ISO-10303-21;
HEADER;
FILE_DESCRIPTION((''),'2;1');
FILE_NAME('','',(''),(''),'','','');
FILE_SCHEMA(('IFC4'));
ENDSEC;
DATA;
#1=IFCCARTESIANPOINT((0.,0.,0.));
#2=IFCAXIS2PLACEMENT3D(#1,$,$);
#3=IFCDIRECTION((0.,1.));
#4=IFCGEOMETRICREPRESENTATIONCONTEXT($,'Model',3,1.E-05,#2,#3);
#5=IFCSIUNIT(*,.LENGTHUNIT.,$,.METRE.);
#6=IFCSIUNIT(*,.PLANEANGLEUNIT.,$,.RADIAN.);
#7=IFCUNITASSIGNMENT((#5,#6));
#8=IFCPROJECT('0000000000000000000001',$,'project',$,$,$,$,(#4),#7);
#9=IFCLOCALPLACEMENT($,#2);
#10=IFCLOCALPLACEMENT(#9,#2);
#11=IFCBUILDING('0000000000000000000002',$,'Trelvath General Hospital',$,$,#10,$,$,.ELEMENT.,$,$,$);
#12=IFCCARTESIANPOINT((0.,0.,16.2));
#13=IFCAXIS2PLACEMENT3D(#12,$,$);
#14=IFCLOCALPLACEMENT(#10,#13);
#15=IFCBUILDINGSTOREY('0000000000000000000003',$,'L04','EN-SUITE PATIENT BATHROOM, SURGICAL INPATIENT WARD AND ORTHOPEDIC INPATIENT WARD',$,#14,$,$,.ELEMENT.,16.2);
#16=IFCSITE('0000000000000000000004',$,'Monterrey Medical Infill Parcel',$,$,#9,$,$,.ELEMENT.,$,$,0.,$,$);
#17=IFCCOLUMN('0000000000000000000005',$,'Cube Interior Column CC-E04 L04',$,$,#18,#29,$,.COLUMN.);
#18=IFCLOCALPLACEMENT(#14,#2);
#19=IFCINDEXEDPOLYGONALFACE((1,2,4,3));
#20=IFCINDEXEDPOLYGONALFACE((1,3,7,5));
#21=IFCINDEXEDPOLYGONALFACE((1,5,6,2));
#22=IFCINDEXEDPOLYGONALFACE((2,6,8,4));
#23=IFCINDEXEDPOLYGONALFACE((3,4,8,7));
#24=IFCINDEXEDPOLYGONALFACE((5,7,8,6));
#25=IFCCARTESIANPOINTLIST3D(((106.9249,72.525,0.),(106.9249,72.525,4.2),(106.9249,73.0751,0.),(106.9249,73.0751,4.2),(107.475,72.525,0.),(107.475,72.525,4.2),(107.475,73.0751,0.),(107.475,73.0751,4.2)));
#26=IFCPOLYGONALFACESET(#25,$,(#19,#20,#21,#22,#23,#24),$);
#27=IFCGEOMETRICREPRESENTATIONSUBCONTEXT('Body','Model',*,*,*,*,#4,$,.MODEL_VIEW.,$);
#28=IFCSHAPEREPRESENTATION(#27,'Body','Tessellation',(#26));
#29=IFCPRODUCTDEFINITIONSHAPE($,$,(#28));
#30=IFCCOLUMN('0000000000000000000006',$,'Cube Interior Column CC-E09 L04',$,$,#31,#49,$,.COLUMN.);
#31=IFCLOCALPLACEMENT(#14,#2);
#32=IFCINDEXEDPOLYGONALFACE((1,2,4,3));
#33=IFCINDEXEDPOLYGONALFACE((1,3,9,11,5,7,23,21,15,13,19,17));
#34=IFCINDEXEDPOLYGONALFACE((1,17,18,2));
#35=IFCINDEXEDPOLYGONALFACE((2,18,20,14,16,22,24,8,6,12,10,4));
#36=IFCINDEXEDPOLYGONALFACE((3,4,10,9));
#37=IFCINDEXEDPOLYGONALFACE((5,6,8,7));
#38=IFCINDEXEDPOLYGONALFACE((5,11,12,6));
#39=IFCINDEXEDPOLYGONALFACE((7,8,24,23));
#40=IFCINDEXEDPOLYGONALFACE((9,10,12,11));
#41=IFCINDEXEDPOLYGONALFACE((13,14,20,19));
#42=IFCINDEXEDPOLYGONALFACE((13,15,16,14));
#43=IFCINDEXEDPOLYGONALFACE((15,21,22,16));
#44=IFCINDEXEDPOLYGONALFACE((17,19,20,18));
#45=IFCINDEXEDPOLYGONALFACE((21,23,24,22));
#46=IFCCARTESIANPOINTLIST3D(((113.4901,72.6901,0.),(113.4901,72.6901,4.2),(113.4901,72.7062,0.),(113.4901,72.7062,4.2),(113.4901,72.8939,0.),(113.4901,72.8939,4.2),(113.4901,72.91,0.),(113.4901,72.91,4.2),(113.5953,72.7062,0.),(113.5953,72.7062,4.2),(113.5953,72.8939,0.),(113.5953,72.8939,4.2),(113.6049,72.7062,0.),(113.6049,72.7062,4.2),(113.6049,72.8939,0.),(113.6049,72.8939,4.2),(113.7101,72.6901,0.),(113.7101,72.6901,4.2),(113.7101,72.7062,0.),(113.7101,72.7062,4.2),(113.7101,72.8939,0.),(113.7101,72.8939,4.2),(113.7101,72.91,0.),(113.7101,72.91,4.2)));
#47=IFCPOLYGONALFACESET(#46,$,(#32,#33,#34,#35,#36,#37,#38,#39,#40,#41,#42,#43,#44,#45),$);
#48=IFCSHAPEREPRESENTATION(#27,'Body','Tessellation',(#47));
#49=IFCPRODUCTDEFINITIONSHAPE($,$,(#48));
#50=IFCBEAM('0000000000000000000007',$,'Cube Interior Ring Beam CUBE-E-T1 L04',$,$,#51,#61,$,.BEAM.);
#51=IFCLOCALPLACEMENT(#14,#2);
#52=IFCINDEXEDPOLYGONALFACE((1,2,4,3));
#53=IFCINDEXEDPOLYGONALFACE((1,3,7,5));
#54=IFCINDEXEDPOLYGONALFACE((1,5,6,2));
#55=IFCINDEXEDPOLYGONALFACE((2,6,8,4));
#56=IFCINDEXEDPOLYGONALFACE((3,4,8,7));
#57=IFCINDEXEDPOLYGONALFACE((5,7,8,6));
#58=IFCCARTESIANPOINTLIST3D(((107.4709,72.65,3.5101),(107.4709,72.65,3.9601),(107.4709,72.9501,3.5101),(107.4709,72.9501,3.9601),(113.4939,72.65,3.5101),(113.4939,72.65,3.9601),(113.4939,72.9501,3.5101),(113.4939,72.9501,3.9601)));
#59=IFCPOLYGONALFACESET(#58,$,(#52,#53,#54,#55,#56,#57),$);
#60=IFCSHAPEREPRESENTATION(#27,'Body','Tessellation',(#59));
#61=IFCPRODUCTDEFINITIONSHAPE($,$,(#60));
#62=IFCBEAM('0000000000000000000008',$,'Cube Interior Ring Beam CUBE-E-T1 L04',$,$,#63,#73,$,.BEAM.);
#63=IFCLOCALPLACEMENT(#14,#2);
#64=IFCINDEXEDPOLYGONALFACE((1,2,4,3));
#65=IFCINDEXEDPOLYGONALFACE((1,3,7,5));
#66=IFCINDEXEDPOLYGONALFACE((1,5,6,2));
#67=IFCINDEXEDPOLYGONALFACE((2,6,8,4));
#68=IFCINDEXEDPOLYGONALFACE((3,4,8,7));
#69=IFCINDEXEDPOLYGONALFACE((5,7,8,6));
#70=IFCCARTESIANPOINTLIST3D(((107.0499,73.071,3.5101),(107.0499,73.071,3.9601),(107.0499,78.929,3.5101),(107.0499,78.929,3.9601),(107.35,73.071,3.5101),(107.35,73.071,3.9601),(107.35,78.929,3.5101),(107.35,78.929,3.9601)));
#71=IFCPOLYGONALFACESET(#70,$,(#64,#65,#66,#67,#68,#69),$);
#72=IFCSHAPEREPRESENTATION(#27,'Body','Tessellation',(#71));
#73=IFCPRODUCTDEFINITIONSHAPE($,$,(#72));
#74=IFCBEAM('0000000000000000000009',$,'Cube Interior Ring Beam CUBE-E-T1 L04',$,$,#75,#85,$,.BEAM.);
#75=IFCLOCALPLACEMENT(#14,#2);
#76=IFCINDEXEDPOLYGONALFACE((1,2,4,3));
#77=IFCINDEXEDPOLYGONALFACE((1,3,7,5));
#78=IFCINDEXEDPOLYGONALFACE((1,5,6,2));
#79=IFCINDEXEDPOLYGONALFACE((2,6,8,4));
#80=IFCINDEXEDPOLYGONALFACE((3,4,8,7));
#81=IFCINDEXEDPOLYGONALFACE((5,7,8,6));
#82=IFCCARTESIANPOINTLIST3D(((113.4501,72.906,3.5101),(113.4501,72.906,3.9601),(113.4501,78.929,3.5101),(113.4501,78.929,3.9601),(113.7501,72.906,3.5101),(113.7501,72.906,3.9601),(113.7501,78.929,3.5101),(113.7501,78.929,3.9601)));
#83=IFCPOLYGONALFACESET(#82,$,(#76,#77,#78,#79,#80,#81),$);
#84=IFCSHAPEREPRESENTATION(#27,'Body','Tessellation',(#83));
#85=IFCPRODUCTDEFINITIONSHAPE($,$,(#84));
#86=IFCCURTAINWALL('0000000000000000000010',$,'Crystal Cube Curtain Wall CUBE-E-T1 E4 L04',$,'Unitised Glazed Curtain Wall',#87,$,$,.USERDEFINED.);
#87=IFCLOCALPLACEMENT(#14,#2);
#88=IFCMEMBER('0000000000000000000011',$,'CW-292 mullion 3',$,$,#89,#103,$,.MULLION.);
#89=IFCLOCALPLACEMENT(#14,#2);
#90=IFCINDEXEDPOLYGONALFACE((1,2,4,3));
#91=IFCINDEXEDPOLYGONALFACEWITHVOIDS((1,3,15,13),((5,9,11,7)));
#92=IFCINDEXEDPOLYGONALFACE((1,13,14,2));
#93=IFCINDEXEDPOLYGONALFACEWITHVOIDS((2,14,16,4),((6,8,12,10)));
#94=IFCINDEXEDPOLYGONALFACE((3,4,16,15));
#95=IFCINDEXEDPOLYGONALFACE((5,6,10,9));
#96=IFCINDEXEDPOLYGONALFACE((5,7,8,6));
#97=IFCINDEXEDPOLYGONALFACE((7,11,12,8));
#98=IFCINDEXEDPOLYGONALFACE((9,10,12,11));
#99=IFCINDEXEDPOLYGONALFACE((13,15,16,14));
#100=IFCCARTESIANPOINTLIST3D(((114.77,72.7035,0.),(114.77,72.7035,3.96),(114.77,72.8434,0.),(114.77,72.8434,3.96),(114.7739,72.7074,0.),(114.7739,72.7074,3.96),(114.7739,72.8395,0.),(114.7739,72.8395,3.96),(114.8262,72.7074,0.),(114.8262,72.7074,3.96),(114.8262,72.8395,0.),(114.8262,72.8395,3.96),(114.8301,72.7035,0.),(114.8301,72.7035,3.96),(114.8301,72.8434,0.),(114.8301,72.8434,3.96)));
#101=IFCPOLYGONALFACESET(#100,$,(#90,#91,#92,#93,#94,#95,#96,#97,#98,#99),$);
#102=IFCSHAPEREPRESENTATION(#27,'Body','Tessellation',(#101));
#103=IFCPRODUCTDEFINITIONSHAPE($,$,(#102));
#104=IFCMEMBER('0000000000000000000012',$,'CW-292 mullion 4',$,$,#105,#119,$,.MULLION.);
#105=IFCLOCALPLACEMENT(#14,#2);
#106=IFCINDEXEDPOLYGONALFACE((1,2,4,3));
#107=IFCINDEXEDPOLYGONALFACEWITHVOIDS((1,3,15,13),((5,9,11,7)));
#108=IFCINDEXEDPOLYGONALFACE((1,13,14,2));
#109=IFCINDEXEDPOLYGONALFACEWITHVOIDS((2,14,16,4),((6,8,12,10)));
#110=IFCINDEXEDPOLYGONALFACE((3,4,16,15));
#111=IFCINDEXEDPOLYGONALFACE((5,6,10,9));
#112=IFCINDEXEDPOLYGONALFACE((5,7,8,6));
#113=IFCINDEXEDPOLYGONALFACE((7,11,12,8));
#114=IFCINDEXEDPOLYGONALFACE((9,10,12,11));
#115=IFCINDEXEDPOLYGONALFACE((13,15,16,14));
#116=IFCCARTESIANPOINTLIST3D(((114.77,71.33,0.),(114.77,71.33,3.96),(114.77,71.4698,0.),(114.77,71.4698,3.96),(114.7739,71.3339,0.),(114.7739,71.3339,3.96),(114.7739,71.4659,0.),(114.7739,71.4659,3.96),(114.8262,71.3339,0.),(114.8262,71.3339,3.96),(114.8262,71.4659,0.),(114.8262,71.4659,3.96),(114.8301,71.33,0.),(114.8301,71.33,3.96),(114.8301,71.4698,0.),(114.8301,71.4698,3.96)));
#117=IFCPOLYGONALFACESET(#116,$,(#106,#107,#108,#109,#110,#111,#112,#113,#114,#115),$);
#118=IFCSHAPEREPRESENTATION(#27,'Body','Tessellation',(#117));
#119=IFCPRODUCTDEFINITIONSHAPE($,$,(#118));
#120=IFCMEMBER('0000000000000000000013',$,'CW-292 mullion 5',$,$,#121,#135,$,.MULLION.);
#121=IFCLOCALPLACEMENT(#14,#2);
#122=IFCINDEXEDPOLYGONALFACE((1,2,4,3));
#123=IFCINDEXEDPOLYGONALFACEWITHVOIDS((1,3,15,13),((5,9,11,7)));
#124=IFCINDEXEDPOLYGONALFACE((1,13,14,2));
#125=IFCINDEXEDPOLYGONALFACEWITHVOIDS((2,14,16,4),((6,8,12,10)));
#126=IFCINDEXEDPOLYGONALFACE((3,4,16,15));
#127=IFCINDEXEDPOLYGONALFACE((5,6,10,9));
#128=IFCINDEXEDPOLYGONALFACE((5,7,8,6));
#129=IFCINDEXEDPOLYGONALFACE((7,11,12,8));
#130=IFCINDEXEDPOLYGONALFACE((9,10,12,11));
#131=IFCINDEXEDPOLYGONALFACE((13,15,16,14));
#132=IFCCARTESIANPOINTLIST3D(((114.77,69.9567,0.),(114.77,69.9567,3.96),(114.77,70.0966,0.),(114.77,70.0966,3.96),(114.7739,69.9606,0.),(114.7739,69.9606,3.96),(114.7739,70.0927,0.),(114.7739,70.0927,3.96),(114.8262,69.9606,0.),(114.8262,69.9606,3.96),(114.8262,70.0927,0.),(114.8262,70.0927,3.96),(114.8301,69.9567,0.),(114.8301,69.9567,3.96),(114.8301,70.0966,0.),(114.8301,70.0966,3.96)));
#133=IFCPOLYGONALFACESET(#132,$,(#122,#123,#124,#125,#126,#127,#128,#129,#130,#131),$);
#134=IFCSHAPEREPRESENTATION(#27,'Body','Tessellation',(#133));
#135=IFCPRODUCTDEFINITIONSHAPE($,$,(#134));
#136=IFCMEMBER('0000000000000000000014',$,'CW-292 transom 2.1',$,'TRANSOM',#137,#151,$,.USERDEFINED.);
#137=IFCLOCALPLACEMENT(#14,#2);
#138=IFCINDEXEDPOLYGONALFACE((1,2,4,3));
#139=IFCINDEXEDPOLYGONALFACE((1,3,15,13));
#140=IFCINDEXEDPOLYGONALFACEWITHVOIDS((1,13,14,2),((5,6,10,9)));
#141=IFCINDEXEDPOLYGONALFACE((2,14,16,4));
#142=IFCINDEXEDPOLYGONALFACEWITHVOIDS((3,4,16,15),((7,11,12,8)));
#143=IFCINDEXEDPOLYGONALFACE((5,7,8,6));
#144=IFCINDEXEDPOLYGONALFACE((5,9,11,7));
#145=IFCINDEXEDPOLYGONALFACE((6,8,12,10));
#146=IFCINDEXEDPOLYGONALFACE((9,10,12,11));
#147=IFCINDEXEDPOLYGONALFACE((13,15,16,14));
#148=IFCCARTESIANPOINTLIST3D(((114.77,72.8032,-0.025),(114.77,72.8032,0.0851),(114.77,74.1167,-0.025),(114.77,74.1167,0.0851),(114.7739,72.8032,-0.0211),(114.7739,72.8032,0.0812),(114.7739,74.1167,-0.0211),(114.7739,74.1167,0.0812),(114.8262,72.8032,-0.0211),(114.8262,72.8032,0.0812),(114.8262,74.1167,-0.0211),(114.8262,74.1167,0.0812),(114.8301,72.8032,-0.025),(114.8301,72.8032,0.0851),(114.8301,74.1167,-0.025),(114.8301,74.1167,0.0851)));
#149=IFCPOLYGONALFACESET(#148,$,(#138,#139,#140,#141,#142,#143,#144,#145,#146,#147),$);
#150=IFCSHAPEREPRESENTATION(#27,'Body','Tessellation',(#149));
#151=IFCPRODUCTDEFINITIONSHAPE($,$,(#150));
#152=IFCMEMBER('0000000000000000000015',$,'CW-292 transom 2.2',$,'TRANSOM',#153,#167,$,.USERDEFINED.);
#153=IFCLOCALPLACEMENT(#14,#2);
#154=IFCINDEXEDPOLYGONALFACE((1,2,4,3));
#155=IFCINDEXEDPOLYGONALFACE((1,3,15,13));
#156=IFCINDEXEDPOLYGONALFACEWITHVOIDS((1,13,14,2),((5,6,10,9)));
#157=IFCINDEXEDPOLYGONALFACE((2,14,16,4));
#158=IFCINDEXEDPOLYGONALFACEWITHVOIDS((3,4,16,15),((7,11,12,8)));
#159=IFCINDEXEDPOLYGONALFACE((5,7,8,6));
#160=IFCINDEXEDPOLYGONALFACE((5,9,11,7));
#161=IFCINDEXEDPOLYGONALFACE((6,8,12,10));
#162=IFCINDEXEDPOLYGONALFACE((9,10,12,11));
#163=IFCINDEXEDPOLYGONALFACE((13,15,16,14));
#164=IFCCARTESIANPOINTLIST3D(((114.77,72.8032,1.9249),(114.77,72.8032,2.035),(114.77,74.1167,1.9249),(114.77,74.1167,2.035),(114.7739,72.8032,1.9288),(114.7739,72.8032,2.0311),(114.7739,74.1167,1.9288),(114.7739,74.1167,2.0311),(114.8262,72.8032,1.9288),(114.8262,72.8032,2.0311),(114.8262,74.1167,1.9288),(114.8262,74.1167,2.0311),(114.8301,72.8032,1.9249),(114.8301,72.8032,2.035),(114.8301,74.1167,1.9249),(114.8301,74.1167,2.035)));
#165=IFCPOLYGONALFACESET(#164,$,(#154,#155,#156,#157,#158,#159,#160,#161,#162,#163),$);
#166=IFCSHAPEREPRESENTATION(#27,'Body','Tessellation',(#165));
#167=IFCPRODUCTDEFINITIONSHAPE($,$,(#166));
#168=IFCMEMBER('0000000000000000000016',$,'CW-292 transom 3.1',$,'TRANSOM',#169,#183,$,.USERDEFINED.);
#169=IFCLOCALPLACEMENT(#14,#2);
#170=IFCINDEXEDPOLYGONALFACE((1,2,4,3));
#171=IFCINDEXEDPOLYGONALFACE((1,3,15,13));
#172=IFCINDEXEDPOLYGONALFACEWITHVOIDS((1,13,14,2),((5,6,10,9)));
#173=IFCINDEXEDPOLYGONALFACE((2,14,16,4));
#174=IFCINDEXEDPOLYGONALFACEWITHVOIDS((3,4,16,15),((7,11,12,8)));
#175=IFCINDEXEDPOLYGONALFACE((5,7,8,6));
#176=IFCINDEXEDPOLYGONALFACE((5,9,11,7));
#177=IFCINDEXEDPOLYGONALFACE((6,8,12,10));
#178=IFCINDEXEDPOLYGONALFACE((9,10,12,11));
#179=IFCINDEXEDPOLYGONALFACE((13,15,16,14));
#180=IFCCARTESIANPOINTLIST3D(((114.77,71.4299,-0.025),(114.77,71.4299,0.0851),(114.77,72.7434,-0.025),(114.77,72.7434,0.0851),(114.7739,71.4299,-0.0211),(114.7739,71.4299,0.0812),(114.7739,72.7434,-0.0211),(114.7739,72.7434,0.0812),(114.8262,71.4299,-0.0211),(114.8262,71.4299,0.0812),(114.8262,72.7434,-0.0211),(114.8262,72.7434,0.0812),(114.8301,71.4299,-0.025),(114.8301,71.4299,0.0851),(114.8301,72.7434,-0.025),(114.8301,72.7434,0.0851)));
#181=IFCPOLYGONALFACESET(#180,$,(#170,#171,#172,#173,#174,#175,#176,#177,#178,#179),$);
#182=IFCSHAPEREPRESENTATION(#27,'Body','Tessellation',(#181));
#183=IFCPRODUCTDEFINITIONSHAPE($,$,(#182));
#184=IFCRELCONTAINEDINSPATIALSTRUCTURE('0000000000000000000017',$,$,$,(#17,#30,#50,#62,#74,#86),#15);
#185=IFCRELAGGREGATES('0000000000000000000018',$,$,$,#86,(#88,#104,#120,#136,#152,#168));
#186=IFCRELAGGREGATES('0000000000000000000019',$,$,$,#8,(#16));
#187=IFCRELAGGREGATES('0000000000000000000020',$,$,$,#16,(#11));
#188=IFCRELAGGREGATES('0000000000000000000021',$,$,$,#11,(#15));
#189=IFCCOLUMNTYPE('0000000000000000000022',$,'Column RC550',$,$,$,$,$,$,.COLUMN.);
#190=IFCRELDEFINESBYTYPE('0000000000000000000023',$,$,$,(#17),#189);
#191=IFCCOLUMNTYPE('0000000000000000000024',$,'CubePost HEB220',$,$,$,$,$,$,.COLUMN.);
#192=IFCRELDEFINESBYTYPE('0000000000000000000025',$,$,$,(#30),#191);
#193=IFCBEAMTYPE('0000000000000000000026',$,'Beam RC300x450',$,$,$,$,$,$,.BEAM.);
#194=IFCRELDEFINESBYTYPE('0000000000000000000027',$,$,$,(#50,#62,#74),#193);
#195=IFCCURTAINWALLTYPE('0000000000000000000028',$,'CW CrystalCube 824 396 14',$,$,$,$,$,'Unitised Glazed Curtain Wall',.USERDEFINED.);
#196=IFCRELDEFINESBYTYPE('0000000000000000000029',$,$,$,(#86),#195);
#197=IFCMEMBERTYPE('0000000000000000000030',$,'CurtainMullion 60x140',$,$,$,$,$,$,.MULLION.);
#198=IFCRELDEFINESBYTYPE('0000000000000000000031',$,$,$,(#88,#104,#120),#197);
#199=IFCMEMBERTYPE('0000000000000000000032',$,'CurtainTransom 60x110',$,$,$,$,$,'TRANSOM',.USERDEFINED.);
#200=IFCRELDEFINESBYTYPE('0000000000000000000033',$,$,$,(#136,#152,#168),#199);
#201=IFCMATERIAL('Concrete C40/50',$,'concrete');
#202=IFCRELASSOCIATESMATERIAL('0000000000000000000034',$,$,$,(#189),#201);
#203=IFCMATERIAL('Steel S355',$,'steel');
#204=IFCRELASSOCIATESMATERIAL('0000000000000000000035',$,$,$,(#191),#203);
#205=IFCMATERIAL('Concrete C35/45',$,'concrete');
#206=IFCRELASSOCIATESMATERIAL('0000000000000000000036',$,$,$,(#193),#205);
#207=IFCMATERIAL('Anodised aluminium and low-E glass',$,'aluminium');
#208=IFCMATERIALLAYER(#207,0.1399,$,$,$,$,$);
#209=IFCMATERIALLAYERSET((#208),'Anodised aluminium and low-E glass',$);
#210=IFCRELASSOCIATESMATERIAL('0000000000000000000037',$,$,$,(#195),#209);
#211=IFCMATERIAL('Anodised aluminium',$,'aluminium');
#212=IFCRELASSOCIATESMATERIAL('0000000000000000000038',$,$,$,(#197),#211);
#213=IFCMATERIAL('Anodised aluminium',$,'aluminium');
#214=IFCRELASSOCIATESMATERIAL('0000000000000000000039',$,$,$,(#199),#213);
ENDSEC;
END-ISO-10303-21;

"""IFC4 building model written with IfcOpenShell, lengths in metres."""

from ifc_helpers import new_model, si_unit, direction, frame, origin, origin_2d, place, context, subcontext, project, spatial, rectangle, hollow_rectangle, i_section, extrude, material, layer, layer_set, material_profile, profile_set, type_object, element, aggregate, save


model = new_model("IFC4")

# Units and contexts
model_context = context("Model", 3, precision=1e-05, world=origin(), true_north=direction((0.0, 1.0)))
body_context = subcontext(model_context, "Body", "Model", "MODEL_VIEW")
ifc_project = project(units=[si_unit("LENGTHUNIT", "METRE"), si_unit("PLANEANGLEUNIT", "RADIAN")], contexts=[model_context])

# Site, building, storey
site_placement = place(None, origin())
site = spatial("IfcSite", under=ifc_project, at=site_placement, Name="Monterrey Medical Infill Parcel", CompositionType="ELEMENT", RefElevation=0.0)
building_placement = place(site_placement, origin())
building = spatial("IfcBuilding", under=site, at=building_placement, Name="Trelvath General Hospital", CompositionType="ELEMENT")
storey_placement = place(building_placement, frame((0.0, 0.0, 16.2)))
storey = spatial("IfcBuildingStorey", under=building, at=storey_placement, Name="L04", Description="EN-SUITE PATIENT BATHROOM, SURGICAL INPATIENT WARD AND ORTHOPEDIC INPATIENT WARD", CompositionType="ELEMENT", Elevation=16.2)

# Columns
ifc_material_1 = material(Name="Concrete C40/50", Category="concrete")
ifc_material_profile_1 = material_profile(ifc_material_1, rectangle(XDim=0.55, YDim=0.55, at=origin_2d()), Name="RC550x550")
ifc_profile_set_1 = profile_set([ifc_material_profile_1], Name="Concrete C40/50")
column_type_1 = type_object("IfcColumnType", Name="Column RC550", PredefinedType="COLUMN", material=ifc_profile_set_1)
column_1_placement = place(storey_placement, frame((107.2, 72.8, 0.0), z_axis=(0.0, 0.0, 1.0), x_axis=(1.0, 0.0, 0.0)))
element("IfcColumn", 1, at=column_1_placement, inside=storey, type_object=column_type_1, Name="Cube Interior Column CC-E04 L04", PredefinedType="COLUMN", context=body_context, shape_type="SweptSolid", body=[
    extrude(rectangle(XDim=0.55, YDim=0.55, at=origin_2d()), origin(), (0.0, 0.0, 1.0), 4.2),
])
ifc_material_2 = material(Name="Steel S355", Category="steel")
ifc_material_profile_2 = material_profile(ifc_material_2, i_section(OverallWidth=0.22, OverallDepth=0.22, WebThickness=0.0095, FlangeThickness=0.0161, at=origin_2d()), Name="HEB220")
ifc_profile_set_2 = profile_set([ifc_material_profile_2], Name="Steel S355")
column_type_2 = type_object("IfcColumnType", Name="CubePost HEB220", PredefinedType="COLUMN", material=ifc_profile_set_2)
column_2_placement = place(storey_placement, frame((113.6001, 72.8, 0.0), z_axis=(0.0, 0.0, 1.0), x_axis=(1.0, 0.0, 0.0)))
element("IfcColumn", 2, at=column_2_placement, inside=storey, type_object=column_type_2, Name="Cube Interior Column CC-E09 L04", PredefinedType="COLUMN", context=body_context, shape_type="SweptSolid", body=[
    extrude(i_section(OverallWidth=0.22, OverallDepth=0.22, WebThickness=0.0095, FlangeThickness=0.0161, at=origin_2d()), origin(), (0.0, 0.0, 1.0), 4.2),
])

# Beams
ifc_material_3 = material(Name="Concrete C35/45", Category="concrete")
ifc_material_profile_3 = material_profile(ifc_material_3, rectangle(XDim=0.3, YDim=0.45, at=origin_2d()), Name="RCB300x450")
ifc_profile_set_3 = profile_set([ifc_material_profile_3], Name="Concrete C35/45")
beam_type = type_object("IfcBeamType", Name="Beam RC300x450", PredefinedType="BEAM", material=ifc_profile_set_3)
beam_1_placement = place(storey_placement, frame((107.4709, 72.8, 3.7351), z_axis=(1.0, 0.0, 0.0), x_axis=(0.0, 1.0, 0.0)))
element("IfcBeam", 3, at=beam_1_placement, inside=storey, type_object=beam_type, Name="Cube Interior Ring Beam CUBE-E-T1 L04", PredefinedType="BEAM", context=body_context, shape_type="SweptSolid", body=[
    extrude(rectangle(XDim=0.3, YDim=0.45, at=origin_2d()), origin(), (0.0, 0.0, 1.0), 6.0229),
])
beam_2_placement = place(storey_placement, frame((107.2, 73.071, 3.7351), z_axis=(0.0, 1.0, 0.0), x_axis=(-1.0, 0.0, 0.0)))
element("IfcBeam", 4, at=beam_2_placement, inside=storey, type_object=beam_type, Name="Cube Interior Ring Beam CUBE-E-T1 L04", PredefinedType="BEAM", context=body_context, shape_type="SweptSolid", body=[
    extrude(rectangle(XDim=0.3, YDim=0.45, at=origin_2d()), origin(), (0.0, 0.0, 1.0), 5.8579),
])
beam_3_placement = place(storey_placement, frame((113.6001, 72.906, 3.7351), z_axis=(0.0, 1.0, 0.0), x_axis=(-1.0, 0.0, 0.0)))
element("IfcBeam", 5, at=beam_3_placement, inside=storey, type_object=beam_type, Name="Cube Interior Ring Beam CUBE-E-T1 L04", PredefinedType="BEAM", context=body_context, shape_type="SweptSolid", body=[
    extrude(rectangle(XDim=0.3, YDim=0.45, at=origin_2d()), origin(), (0.0, 0.0, 1.0), 6.0229),
])

# Curtain wall, members
ifc_material_4 = material(Name="Anodised aluminium and low-E glass", Category="aluminium")
ifc_layer_1 = layer(ifc_material_4, 0.1399)
ifc_layer_set_1 = layer_set([ifc_layer_1], Name="Anodised aluminium and low-E glass")
curtain_wall_type = type_object("IfcCurtainWallType", Name="CW CrystalCube 824 396 14", ElementType="Unitised Glazed Curtain Wall", PredefinedType="USERDEFINED", material=ifc_layer_set_1)
curtain_wall_placement = place(storey_placement, origin())
curtain_wall = element("IfcCurtainWall", 6, at=curtain_wall_placement, inside=storey, type_object=curtain_wall_type, Name="Crystal Cube Curtain Wall CUBE-E-T1 E4 L04", ObjectType="Unitised Glazed Curtain Wall", PredefinedType="USERDEFINED")
ifc_material_5 = material(Name="Anodised aluminium", Category="aluminium")
ifc_material_profile_4 = material_profile(ifc_material_5, hollow_rectangle(XDim=0.0601, YDim=0.1399, WallThickness=0.0039, at=origin_2d()), Name="RHS60x140x4")
ifc_profile_set_4 = profile_set([ifc_material_profile_4], Name="Anodised aluminium")
member_type_1 = type_object("IfcMemberType", Name="CurtainMullion 60x140", PredefinedType="MULLION", material=ifc_profile_set_4)
member_1_placement = place(storey_placement, frame((114.8, 72.7734, 0.0), z_axis=(0.0, 0.0, 1.0), x_axis=(1.0, 0.0, 0.0)))
member_1 = element("IfcMember", 7, at=member_1_placement, type_object=member_type_1, Name="CW-292 mullion 3", PredefinedType="MULLION", context=body_context, shape_type="SweptSolid", body=[
    extrude(hollow_rectangle(XDim=0.0601, YDim=0.1399, WallThickness=0.0039, at=origin_2d()), origin(), (0.0, 0.0, 1.0), 3.96),
])
member_2_placement = place(storey_placement, frame((114.8, 71.3999, 0.0), z_axis=(0.0, 0.0, 1.0), x_axis=(1.0, 0.0, 0.0)))
member_2 = element("IfcMember", 8, at=member_2_placement, type_object=member_type_1, Name="CW-292 mullion 4", PredefinedType="MULLION", context=body_context, shape_type="SweptSolid", body=[
    extrude(hollow_rectangle(XDim=0.0601, YDim=0.1399, WallThickness=0.0039, at=origin_2d()), origin(), (0.0, 0.0, 1.0), 3.96),
])
member_3_placement = place(storey_placement, frame((114.8, 70.0266, 0.0), z_axis=(0.0, 0.0, 1.0), x_axis=(1.0, 0.0, 0.0)))
member_3 = element("IfcMember", 9, at=member_3_placement, type_object=member_type_1, Name="CW-292 mullion 5", PredefinedType="MULLION", context=body_context, shape_type="SweptSolid", body=[
    extrude(hollow_rectangle(XDim=0.0601, YDim=0.1399, WallThickness=0.0039, at=origin_2d()), origin(), (0.0, 0.0, 1.0), 3.96),
])
ifc_material_6 = material(Name="Anodised aluminium", Category="aluminium")
ifc_material_profile_5 = material_profile(ifc_material_6, hollow_rectangle(XDim=0.0601, YDim=0.1101, WallThickness=0.0039, at=origin_2d()), Name="RHS60x110x4")
ifc_profile_set_5 = profile_set([ifc_material_profile_5], Name="Anodised aluminium")
member_type_2 = type_object("IfcMemberType", Name="CurtainTransom 60x110", ElementType="TRANSOM", PredefinedType="USERDEFINED", material=ifc_profile_set_5)
member_4_placement = place(storey_placement, frame((114.8, 74.1167, 0.03), z_axis=(0.0, -1.0, 0.0), x_axis=(1.0, 0.0, 0.0)))
member_4 = element("IfcMember", 10, at=member_4_placement, type_object=member_type_2, Name="CW-292 transom 2.1", ObjectType="TRANSOM", PredefinedType="USERDEFINED", context=body_context, shape_type="SweptSolid", body=[
    extrude(hollow_rectangle(XDim=0.0601, YDim=0.1101, WallThickness=0.0039, at=origin_2d()), origin(), (0.0, 0.0, 1.0), 1.3135),
])
member_5_placement = place(storey_placement, frame((114.8, 74.1167, 1.98), z_axis=(0.0, -1.0, 0.0), x_axis=(1.0, 0.0, 0.0)))
member_5 = element("IfcMember", 11, at=member_5_placement, type_object=member_type_2, Name="CW-292 transom 2.2", ObjectType="TRANSOM", PredefinedType="USERDEFINED", context=body_context, shape_type="SweptSolid", body=[
    extrude(hollow_rectangle(XDim=0.0601, YDim=0.1101, WallThickness=0.0039, at=origin_2d()), origin(), (0.0, 0.0, 1.0), 1.3135),
])
member_6_placement = place(storey_placement, frame((114.8, 72.7434, 0.03), z_axis=(0.0, -1.0, 0.0), x_axis=(1.0, 0.0, 0.0)))
member_6 = element("IfcMember", 12, at=member_6_placement, type_object=member_type_2, Name="CW-292 transom 3.1", ObjectType="TRANSOM", PredefinedType="USERDEFINED", context=body_context, shape_type="SweptSolid", body=[
    extrude(hollow_rectangle(XDim=0.0601, YDim=0.1101, WallThickness=0.0039, at=origin_2d()), origin(), (0.0, 0.0, 1.0), 1.3135),
])
aggregate(curtain_wall, [member_1, member_2, member_3, member_4, member_5, member_6])

save(model, "model.ifc")
